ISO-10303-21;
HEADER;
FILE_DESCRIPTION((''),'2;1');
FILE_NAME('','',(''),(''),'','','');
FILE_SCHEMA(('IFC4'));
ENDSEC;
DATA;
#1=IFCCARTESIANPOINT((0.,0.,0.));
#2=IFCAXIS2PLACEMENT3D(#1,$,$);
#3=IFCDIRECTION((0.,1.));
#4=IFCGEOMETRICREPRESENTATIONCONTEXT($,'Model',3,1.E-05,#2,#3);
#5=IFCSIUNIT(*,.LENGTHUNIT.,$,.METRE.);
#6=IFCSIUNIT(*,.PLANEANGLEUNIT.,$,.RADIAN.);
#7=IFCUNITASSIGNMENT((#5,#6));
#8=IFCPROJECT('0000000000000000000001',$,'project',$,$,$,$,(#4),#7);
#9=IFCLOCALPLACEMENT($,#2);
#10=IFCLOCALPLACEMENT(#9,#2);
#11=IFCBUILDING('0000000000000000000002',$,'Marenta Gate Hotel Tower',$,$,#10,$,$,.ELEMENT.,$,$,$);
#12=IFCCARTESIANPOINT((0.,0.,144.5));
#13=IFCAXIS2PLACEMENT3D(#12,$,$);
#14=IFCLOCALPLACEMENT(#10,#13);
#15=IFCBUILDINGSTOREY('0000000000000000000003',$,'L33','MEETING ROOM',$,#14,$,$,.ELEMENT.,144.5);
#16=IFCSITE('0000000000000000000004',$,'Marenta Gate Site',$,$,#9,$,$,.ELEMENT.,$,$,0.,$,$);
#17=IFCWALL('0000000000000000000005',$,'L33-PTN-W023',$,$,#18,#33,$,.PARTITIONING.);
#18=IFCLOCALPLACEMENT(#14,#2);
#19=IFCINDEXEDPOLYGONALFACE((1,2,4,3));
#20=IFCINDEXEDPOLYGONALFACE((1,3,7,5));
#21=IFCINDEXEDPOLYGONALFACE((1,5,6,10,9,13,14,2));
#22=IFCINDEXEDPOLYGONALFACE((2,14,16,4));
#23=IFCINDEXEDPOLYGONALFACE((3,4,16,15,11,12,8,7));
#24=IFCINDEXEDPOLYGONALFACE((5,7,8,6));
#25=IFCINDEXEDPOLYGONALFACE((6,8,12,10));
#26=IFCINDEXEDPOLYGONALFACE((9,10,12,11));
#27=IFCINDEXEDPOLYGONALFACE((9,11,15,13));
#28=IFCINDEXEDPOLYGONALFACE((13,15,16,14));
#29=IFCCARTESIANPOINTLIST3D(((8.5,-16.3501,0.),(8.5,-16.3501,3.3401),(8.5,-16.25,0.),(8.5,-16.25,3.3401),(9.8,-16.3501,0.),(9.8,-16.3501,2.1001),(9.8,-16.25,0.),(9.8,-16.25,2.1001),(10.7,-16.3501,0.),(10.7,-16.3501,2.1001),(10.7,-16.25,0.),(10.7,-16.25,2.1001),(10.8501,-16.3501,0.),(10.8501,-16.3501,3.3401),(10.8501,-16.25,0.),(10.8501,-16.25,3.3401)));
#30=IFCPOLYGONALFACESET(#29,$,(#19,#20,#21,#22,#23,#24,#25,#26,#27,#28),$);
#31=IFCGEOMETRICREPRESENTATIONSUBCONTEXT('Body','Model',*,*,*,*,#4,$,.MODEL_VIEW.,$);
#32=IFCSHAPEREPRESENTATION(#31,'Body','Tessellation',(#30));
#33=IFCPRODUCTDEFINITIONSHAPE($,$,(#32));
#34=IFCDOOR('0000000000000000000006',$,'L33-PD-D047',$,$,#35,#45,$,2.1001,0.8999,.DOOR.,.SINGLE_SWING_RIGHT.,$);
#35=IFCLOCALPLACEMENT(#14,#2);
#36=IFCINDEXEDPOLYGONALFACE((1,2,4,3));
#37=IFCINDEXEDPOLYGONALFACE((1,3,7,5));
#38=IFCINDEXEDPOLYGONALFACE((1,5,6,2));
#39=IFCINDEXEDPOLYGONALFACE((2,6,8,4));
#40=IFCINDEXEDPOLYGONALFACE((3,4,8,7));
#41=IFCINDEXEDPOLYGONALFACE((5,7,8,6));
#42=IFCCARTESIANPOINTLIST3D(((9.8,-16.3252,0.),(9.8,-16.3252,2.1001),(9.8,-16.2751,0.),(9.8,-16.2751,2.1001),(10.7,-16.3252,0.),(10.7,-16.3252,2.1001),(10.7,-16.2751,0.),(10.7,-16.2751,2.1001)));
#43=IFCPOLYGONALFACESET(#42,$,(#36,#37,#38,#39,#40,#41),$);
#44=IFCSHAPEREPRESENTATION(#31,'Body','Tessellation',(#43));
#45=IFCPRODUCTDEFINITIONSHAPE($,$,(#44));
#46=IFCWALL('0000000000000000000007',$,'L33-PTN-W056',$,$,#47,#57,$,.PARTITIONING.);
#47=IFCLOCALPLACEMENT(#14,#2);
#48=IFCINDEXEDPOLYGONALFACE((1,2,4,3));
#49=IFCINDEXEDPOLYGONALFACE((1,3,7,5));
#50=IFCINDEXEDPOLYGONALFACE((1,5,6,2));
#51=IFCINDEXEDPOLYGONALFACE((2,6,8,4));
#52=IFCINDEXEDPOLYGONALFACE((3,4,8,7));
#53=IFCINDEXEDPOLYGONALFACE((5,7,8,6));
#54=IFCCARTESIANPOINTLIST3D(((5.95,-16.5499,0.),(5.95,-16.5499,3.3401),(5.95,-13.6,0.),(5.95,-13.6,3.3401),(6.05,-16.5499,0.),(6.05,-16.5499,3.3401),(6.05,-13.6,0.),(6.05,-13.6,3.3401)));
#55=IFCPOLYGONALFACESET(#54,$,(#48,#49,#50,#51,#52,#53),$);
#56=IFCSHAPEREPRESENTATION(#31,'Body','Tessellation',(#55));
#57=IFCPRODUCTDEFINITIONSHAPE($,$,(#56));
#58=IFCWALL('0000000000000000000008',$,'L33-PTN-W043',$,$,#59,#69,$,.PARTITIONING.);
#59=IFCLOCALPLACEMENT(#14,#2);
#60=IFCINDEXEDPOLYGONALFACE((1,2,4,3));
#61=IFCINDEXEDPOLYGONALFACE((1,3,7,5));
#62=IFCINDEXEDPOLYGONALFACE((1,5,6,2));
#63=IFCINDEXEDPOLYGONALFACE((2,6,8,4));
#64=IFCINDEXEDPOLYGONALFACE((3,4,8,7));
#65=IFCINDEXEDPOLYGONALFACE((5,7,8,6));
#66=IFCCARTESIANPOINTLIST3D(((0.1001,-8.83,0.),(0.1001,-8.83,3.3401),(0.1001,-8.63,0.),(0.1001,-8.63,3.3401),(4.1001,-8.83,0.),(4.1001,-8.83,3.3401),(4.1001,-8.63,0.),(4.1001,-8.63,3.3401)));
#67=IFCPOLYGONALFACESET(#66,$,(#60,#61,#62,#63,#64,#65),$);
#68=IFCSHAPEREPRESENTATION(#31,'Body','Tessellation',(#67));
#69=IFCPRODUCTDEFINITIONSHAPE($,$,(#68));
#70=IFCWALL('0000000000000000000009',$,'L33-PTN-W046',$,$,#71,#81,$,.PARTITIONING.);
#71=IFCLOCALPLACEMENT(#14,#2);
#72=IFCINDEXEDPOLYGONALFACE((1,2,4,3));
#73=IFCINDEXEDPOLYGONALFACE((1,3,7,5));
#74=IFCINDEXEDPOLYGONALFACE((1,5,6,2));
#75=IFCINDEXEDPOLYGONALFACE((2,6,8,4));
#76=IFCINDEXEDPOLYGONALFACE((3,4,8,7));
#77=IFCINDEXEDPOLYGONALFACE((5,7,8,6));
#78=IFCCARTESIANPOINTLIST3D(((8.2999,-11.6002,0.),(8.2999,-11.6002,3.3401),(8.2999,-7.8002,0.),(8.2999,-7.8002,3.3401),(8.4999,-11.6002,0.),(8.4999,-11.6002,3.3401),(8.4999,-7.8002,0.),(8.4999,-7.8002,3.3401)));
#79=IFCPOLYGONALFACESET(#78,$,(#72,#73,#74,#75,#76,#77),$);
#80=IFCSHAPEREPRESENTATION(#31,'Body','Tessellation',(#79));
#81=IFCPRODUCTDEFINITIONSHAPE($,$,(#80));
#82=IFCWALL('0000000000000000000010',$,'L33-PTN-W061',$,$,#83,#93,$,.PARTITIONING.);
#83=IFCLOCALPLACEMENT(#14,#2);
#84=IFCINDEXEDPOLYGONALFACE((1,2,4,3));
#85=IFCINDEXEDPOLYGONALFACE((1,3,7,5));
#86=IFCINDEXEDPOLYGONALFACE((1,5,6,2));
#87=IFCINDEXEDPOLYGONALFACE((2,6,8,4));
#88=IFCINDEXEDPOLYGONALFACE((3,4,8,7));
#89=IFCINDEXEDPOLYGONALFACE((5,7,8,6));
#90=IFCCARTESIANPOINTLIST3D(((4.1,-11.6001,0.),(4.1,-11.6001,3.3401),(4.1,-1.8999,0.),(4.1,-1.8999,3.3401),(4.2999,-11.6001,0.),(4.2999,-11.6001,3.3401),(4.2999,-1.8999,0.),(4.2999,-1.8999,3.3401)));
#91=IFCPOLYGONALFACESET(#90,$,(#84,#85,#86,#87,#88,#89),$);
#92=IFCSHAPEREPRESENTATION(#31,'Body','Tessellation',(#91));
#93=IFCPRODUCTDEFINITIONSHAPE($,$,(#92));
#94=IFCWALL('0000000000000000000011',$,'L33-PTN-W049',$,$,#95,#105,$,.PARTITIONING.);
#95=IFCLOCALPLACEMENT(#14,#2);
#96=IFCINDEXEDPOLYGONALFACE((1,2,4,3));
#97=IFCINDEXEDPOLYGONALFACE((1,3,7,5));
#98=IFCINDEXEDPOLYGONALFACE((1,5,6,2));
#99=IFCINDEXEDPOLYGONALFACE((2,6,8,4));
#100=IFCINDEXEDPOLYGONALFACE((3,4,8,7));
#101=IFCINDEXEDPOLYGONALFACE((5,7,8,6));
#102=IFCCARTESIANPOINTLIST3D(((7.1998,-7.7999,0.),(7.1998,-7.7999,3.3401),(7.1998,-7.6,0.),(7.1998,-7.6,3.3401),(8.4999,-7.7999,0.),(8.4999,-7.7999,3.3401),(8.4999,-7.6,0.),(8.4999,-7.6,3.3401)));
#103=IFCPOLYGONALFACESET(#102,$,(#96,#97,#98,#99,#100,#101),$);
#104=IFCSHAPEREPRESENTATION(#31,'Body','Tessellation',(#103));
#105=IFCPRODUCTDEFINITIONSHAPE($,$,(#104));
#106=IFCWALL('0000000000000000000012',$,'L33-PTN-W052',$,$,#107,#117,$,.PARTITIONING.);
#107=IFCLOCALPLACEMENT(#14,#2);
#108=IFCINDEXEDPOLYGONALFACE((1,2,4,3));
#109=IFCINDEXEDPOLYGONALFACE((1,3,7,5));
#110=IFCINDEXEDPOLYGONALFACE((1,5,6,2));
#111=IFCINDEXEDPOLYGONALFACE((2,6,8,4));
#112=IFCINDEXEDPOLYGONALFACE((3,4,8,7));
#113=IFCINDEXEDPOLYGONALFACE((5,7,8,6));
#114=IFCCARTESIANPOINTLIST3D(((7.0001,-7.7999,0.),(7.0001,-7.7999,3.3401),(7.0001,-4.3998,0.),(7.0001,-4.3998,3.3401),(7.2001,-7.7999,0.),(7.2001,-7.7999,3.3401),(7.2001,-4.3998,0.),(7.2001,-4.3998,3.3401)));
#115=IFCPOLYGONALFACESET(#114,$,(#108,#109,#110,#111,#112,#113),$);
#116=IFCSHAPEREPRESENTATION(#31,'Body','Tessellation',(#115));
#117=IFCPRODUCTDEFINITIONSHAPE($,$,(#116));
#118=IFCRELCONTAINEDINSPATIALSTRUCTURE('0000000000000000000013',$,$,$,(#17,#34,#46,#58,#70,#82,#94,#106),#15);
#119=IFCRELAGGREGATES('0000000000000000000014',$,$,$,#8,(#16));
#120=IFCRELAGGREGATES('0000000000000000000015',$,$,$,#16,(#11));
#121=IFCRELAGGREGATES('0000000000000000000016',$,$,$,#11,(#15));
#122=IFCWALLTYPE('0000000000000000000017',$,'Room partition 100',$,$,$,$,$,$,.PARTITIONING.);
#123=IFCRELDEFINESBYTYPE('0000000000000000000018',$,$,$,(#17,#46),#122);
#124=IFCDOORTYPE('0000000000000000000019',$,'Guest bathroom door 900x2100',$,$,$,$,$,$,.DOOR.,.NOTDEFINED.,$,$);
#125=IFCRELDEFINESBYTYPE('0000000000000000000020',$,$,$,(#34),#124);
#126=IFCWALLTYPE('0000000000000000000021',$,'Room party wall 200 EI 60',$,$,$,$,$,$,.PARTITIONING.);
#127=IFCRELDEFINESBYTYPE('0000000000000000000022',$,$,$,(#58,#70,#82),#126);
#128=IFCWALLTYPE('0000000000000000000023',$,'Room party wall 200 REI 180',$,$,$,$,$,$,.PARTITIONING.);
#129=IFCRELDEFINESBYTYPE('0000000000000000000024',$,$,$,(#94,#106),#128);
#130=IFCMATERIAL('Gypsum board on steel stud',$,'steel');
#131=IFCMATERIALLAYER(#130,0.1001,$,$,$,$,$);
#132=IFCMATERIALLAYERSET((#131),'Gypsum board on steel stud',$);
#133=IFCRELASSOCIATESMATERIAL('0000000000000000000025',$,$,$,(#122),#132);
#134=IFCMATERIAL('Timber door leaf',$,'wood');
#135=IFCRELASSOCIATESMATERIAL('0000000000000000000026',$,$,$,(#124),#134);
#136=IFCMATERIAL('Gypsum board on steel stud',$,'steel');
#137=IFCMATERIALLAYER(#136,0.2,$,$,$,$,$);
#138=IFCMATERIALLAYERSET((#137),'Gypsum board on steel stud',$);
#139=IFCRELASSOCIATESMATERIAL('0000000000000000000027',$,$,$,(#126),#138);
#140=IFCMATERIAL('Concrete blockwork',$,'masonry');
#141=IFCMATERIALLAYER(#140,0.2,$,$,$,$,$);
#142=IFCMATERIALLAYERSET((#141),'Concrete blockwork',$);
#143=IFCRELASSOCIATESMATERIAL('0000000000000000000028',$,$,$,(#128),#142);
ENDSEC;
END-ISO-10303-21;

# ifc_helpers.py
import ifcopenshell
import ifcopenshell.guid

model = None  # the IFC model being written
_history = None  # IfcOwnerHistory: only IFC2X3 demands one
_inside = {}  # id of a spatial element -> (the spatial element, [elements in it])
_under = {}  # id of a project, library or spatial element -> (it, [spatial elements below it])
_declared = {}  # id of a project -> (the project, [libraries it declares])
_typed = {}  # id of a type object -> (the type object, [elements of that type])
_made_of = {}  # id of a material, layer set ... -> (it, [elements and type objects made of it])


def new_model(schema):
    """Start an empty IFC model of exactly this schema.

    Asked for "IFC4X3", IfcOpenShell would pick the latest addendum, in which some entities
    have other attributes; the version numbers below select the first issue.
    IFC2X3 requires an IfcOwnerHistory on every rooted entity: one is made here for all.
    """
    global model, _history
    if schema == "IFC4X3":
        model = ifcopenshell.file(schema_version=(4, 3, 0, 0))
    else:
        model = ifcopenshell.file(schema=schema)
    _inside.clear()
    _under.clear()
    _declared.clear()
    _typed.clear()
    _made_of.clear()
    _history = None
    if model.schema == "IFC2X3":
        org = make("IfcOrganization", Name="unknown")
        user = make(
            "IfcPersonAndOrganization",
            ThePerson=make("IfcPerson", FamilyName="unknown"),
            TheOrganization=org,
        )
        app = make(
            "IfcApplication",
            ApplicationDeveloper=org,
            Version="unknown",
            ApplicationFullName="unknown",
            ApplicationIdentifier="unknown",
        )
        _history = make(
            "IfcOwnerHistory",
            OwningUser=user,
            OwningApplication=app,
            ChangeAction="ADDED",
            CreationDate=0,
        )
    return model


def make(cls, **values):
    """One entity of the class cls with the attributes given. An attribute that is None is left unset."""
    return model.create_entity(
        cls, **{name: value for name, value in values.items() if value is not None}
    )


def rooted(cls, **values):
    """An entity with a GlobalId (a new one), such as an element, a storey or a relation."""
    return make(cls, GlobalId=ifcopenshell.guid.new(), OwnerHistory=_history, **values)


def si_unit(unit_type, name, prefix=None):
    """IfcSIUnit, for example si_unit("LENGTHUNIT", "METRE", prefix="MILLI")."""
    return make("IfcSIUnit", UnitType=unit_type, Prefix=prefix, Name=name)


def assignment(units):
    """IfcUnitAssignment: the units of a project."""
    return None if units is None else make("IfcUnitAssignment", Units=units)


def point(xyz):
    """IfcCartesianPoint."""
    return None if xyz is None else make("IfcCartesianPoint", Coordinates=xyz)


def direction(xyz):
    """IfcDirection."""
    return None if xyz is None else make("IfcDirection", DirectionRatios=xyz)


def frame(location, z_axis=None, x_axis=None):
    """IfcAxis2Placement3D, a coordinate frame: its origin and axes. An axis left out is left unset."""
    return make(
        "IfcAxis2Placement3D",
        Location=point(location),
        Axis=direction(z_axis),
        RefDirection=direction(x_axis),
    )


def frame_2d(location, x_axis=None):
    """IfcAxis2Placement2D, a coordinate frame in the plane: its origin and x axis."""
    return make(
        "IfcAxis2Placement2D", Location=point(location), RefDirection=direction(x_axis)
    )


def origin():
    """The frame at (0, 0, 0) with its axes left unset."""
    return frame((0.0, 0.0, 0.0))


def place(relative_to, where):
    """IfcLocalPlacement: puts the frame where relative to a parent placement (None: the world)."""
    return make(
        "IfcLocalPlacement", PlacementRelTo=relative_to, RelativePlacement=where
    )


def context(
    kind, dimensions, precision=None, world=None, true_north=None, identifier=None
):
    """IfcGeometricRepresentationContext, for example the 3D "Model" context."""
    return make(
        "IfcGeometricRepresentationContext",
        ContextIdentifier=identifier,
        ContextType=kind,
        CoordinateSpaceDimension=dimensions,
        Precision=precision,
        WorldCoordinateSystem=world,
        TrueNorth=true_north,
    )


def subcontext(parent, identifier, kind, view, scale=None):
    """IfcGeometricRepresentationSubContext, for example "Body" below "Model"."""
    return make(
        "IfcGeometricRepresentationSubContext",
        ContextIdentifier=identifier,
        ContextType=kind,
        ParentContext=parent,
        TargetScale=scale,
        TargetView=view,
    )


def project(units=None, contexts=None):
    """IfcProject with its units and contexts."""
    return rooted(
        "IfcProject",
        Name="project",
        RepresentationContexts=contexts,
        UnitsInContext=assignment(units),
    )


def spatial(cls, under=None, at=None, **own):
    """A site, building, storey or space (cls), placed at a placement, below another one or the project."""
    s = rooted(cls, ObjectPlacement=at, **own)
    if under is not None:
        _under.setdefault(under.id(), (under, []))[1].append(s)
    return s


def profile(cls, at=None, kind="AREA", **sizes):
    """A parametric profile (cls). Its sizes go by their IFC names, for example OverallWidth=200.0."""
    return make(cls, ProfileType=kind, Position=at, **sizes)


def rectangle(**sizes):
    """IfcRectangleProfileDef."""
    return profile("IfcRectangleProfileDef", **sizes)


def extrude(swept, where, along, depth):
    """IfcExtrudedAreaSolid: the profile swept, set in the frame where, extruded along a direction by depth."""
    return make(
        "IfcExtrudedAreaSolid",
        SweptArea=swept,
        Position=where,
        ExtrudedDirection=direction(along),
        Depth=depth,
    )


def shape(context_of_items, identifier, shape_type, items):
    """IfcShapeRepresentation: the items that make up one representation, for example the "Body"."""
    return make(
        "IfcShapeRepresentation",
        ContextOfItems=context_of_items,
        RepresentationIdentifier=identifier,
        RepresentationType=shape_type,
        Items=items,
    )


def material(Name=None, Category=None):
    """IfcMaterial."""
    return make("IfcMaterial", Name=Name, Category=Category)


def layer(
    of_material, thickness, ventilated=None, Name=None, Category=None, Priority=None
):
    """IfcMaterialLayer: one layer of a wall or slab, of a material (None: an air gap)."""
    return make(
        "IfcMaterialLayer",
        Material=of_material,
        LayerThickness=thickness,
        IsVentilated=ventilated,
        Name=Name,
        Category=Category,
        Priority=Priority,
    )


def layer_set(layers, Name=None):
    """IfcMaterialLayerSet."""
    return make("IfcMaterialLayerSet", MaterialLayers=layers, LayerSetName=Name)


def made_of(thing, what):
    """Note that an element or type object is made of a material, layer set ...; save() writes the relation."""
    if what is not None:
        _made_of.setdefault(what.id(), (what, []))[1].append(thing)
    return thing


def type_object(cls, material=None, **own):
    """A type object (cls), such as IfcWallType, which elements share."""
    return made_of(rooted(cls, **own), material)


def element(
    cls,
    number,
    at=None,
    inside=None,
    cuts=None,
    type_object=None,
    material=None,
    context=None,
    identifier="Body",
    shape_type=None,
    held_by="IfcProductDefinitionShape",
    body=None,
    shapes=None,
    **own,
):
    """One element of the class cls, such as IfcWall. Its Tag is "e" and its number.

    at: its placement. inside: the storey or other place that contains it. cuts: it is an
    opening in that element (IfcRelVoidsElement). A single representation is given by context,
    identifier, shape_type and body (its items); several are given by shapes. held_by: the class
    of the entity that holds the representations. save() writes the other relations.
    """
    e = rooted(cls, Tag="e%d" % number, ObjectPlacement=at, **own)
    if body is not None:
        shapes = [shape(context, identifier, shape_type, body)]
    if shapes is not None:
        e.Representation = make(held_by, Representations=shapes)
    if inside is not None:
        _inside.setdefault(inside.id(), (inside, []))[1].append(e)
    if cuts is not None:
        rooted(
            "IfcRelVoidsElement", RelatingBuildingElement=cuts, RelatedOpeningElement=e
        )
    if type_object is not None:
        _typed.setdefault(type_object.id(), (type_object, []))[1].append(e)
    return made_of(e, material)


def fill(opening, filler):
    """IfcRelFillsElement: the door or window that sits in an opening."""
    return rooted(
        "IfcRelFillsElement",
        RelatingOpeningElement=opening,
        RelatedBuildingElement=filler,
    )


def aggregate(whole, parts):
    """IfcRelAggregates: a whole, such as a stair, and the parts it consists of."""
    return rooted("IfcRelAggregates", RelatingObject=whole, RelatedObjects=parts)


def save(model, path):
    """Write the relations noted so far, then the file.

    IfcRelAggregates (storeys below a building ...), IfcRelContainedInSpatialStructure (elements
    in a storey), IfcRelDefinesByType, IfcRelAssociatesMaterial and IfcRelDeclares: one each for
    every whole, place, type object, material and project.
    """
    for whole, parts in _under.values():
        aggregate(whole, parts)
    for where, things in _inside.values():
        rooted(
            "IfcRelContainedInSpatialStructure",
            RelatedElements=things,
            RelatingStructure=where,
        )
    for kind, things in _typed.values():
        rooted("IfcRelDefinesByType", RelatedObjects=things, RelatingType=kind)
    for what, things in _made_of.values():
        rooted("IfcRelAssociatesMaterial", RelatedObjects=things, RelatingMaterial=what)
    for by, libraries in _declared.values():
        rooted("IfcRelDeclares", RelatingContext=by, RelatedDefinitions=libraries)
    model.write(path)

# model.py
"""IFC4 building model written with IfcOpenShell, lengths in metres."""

from ifc_helpers import new_model, si_unit, direction, frame, frame_2d, origin, place, context, subcontext, project, spatial, rectangle, extrude, material, layer, layer_set, type_object, element, fill, save


model = new_model("IFC4")

# Units and contexts
model_context = context("Model", 3, precision=1e-05, world=origin(), true_north=direction((0.0, 1.0)))
body_context = subcontext(model_context, "Body", "Model", "MODEL_VIEW")
ifc_project = project(units=[si_unit("LENGTHUNIT", "METRE"), si_unit("PLANEANGLEUNIT", "RADIAN")], contexts=[model_context])

# Site, building, storey
site_placement = place(None, origin())
site = spatial("IfcSite", under=ifc_project, at=site_placement, Name="Marenta Gate Site", CompositionType="ELEMENT", RefElevation=0.0)
building_placement = place(site_placement, origin())
building = spatial("IfcBuilding", under=site, at=building_placement, Name="Marenta Gate Hotel Tower", CompositionType="ELEMENT")
storey_placement = place(building_placement, frame((0.0, 0.0, 144.5)))
storey = spatial("IfcBuildingStorey", under=building, at=storey_placement, Name="L33", Description="MEETING ROOM", CompositionType="ELEMENT", Elevation=144.5)

# Wall, opening, door
ifc_material_1 = material(Name="Gypsum board on steel stud", Category="steel")
ifc_layer_1 = layer(ifc_material_1, 0.1001)
ifc_layer_set_1 = layer_set([ifc_layer_1], Name="Gypsum board on steel stud")
wall_type_1 = type_object("IfcWallType", Name="Room partition 100", PredefinedType="PARTITIONING", material=ifc_layer_set_1)
ifc_material_2 = material(Name="Timber door leaf", Category="wood")
door_type_1 = type_object("IfcDoorType", Name="Guest bathroom door 900x2100", OperationType="NOTDEFINED", PredefinedType="DOOR", material=ifc_material_2)
wall_1_placement = place(storey_placement, frame((8.5, -16.3, 0.0), z_axis=(0.0, 0.0, 1.0), x_axis=(1.0, 0.0, 0.0)))
wall_1 = element("IfcWall", 1, at=wall_1_placement, inside=storey, type_object=wall_type_1, Name="L33-PTN-W023", PredefinedType="PARTITIONING", context=body_context, shape_type="SweptSolid", body=[
    extrude(rectangle(XDim=2.3501, YDim=0.1001, at=frame_2d((1.175, 0.0))), origin(), (0.0, 0.0, 1.0), 3.3401),
])
opening_1_placement = place(wall_1_placement, frame((1.3, 0.0, 0.0)))
opening_1 = element("IfcOpeningElement", 2, at=opening_1_placement, cuts=wall_1, PredefinedType="OPENING", context=body_context, shape_type="SweptSolid", body=[
    extrude(rectangle(XDim=0.8999, YDim=2.1001, at=frame_2d((0.45, 1.05))), frame((0.0, 0.05, 0.0), z_axis=(0.0, -1.0, 0.0), x_axis=(1.0, 0.0, 0.0)), (0.0, 0.0, 1.0), 0.1001),
])
door_1_placement = place(opening_1_placement, origin())
door_1 = element("IfcDoor", 3, at=door_1_placement, inside=storey, type_object=door_type_1, Name="L33-PD-D047", OperationType="SINGLE_SWING_RIGHT", OverallHeight=2.1001, OverallWidth=0.8999, PredefinedType="DOOR", context=body_context, shape_type="SweptSolid", body=[
    extrude(rectangle(XDim=0.8999, YDim=2.1001, at=frame_2d((0.45, 1.05))), frame((0.0, 0.0249, 0.0), z_axis=(0.0, -1.0, 0.0), x_axis=(1.0, 0.0, 0.0)), (0.0, 0.0, 1.0), 0.05),
])
fill(opening_1, door_1)

# Walls
wall_2_placement = place(storey_placement, frame((6.0, -16.55, 0.0), z_axis=(0.0, 0.0, 1.0), x_axis=(0.0, 1.0, 0.0)))
element("IfcWall", 4, at=wall_2_placement, inside=storey, type_object=wall_type_1, Name="L33-PTN-W056", PredefinedType="PARTITIONING", context=body_context, shape_type="SweptSolid", body=[
    extrude(rectangle(XDim=2.95, YDim=0.1001, at=frame_2d((1.4751, 0.0))), origin(), (0.0, 0.0, 1.0), 3.3401),
])
ifc_material_3 = material(Name="Gypsum board on steel stud", Category="steel")
ifc_layer_2 = layer(ifc_material_3, 0.2)
ifc_layer_set_2 = layer_set([ifc_layer_2], Name="Gypsum board on steel stud")
wall_type_2 = type_object("IfcWallType", Name="Room party wall 200 EI 60", PredefinedType="PARTITIONING", material=ifc_layer_set_2)
wall_3_placement = place(storey_placement, frame((0.1001, -8.73, 0.0), z_axis=(0.0, 0.0, 1.0), x_axis=(1.0, 0.0, 0.0)))
element("IfcWall", 5, at=wall_3_placement, inside=storey, type_object=wall_type_2, Name="L33-PTN-W043", PredefinedType="PARTITIONING", context=body_context, shape_type="SweptSolid", body=[
    extrude(rectangle(XDim=4.0, YDim=0.2, at=frame_2d((2.0, 0.0))), origin(), (0.0, 0.0, 1.0), 3.3401),
])
wall_4_placement = place(storey_placement, frame((8.3999, -11.6001, 0.0), z_axis=(0.0, 0.0, 1.0), x_axis=(0.0, 1.0, 0.0)))
element("IfcWall", 6, at=wall_4_placement, inside=storey, type_object=wall_type_2, Name="L33-PTN-W046", PredefinedType="PARTITIONING", context=body_context, shape_type="SweptSolid", body=[
    extrude(rectangle(XDim=3.8, YDim=0.2, at=frame_2d((1.8999, 0.0))), origin(), (0.0, 0.0, 1.0), 3.3401),
])
wall_5_placement = place(storey_placement, frame((4.2, -11.6001, 0.0), z_axis=(0.0, 0.0, 1.0), x_axis=(0.0, 1.0, 0.0)))
element("IfcWall", 7, at=wall_5_placement, inside=storey, type_object=wall_type_2, Name="L33-PTN-W061", PredefinedType="PARTITIONING", context=body_context, shape_type="SweptSolid", body=[
    extrude(rectangle(XDim=9.7002, YDim=0.2, at=frame_2d((4.8501, 0.0))), origin(), (0.0, 0.0, 1.0), 3.3401),
])
ifc_material_4 = material(Name="Concrete blockwork", Category="masonry")
ifc_layer_3 = layer(ifc_material_4, 0.2)
ifc_layer_set_3 = layer_set([ifc_layer_3], Name="Concrete blockwork")
wall_type_3 = type_object("IfcWallType", Name="Room party wall 200 REI 180", PredefinedType="PARTITIONING", material=ifc_layer_set_3)
wall_6_placement = place(storey_placement, frame((7.2, -7.7, 0.0), z_axis=(0.0, 0.0, 1.0), x_axis=(1.0, 0.0, 0.0)))
element("IfcWall", 8, at=wall_6_placement, inside=storey, type_object=wall_type_3, Name="L33-PTN-W049", PredefinedType="PARTITIONING", context=body_context, shape_type="SweptSolid", body=[
    extrude(rectangle(XDim=1.3, YDim=0.2, at=frame_2d((0.6499, 0.0))), origin(), (0.0, 0.0, 1.0), 3.3401),
])
wall_7_placement = place(storey_placement, frame((7.1001, -7.8, 0.0), z_axis=(0.0, 0.0, 1.0), x_axis=(0.0, 1.0, 0.0)))
element("IfcWall", 9, at=wall_7_placement, inside=storey, type_object=wall_type_3, Name="L33-PTN-W052", PredefinedType="PARTITIONING", context=body_context, shape_type="SweptSolid", body=[
    extrude(rectangle(XDim=3.4001, YDim=0.2, at=frame_2d((1.7002, 0.0))), origin(), (0.0, 0.0, 1.0), 3.3401),
])

save(model, "model.ifc")
